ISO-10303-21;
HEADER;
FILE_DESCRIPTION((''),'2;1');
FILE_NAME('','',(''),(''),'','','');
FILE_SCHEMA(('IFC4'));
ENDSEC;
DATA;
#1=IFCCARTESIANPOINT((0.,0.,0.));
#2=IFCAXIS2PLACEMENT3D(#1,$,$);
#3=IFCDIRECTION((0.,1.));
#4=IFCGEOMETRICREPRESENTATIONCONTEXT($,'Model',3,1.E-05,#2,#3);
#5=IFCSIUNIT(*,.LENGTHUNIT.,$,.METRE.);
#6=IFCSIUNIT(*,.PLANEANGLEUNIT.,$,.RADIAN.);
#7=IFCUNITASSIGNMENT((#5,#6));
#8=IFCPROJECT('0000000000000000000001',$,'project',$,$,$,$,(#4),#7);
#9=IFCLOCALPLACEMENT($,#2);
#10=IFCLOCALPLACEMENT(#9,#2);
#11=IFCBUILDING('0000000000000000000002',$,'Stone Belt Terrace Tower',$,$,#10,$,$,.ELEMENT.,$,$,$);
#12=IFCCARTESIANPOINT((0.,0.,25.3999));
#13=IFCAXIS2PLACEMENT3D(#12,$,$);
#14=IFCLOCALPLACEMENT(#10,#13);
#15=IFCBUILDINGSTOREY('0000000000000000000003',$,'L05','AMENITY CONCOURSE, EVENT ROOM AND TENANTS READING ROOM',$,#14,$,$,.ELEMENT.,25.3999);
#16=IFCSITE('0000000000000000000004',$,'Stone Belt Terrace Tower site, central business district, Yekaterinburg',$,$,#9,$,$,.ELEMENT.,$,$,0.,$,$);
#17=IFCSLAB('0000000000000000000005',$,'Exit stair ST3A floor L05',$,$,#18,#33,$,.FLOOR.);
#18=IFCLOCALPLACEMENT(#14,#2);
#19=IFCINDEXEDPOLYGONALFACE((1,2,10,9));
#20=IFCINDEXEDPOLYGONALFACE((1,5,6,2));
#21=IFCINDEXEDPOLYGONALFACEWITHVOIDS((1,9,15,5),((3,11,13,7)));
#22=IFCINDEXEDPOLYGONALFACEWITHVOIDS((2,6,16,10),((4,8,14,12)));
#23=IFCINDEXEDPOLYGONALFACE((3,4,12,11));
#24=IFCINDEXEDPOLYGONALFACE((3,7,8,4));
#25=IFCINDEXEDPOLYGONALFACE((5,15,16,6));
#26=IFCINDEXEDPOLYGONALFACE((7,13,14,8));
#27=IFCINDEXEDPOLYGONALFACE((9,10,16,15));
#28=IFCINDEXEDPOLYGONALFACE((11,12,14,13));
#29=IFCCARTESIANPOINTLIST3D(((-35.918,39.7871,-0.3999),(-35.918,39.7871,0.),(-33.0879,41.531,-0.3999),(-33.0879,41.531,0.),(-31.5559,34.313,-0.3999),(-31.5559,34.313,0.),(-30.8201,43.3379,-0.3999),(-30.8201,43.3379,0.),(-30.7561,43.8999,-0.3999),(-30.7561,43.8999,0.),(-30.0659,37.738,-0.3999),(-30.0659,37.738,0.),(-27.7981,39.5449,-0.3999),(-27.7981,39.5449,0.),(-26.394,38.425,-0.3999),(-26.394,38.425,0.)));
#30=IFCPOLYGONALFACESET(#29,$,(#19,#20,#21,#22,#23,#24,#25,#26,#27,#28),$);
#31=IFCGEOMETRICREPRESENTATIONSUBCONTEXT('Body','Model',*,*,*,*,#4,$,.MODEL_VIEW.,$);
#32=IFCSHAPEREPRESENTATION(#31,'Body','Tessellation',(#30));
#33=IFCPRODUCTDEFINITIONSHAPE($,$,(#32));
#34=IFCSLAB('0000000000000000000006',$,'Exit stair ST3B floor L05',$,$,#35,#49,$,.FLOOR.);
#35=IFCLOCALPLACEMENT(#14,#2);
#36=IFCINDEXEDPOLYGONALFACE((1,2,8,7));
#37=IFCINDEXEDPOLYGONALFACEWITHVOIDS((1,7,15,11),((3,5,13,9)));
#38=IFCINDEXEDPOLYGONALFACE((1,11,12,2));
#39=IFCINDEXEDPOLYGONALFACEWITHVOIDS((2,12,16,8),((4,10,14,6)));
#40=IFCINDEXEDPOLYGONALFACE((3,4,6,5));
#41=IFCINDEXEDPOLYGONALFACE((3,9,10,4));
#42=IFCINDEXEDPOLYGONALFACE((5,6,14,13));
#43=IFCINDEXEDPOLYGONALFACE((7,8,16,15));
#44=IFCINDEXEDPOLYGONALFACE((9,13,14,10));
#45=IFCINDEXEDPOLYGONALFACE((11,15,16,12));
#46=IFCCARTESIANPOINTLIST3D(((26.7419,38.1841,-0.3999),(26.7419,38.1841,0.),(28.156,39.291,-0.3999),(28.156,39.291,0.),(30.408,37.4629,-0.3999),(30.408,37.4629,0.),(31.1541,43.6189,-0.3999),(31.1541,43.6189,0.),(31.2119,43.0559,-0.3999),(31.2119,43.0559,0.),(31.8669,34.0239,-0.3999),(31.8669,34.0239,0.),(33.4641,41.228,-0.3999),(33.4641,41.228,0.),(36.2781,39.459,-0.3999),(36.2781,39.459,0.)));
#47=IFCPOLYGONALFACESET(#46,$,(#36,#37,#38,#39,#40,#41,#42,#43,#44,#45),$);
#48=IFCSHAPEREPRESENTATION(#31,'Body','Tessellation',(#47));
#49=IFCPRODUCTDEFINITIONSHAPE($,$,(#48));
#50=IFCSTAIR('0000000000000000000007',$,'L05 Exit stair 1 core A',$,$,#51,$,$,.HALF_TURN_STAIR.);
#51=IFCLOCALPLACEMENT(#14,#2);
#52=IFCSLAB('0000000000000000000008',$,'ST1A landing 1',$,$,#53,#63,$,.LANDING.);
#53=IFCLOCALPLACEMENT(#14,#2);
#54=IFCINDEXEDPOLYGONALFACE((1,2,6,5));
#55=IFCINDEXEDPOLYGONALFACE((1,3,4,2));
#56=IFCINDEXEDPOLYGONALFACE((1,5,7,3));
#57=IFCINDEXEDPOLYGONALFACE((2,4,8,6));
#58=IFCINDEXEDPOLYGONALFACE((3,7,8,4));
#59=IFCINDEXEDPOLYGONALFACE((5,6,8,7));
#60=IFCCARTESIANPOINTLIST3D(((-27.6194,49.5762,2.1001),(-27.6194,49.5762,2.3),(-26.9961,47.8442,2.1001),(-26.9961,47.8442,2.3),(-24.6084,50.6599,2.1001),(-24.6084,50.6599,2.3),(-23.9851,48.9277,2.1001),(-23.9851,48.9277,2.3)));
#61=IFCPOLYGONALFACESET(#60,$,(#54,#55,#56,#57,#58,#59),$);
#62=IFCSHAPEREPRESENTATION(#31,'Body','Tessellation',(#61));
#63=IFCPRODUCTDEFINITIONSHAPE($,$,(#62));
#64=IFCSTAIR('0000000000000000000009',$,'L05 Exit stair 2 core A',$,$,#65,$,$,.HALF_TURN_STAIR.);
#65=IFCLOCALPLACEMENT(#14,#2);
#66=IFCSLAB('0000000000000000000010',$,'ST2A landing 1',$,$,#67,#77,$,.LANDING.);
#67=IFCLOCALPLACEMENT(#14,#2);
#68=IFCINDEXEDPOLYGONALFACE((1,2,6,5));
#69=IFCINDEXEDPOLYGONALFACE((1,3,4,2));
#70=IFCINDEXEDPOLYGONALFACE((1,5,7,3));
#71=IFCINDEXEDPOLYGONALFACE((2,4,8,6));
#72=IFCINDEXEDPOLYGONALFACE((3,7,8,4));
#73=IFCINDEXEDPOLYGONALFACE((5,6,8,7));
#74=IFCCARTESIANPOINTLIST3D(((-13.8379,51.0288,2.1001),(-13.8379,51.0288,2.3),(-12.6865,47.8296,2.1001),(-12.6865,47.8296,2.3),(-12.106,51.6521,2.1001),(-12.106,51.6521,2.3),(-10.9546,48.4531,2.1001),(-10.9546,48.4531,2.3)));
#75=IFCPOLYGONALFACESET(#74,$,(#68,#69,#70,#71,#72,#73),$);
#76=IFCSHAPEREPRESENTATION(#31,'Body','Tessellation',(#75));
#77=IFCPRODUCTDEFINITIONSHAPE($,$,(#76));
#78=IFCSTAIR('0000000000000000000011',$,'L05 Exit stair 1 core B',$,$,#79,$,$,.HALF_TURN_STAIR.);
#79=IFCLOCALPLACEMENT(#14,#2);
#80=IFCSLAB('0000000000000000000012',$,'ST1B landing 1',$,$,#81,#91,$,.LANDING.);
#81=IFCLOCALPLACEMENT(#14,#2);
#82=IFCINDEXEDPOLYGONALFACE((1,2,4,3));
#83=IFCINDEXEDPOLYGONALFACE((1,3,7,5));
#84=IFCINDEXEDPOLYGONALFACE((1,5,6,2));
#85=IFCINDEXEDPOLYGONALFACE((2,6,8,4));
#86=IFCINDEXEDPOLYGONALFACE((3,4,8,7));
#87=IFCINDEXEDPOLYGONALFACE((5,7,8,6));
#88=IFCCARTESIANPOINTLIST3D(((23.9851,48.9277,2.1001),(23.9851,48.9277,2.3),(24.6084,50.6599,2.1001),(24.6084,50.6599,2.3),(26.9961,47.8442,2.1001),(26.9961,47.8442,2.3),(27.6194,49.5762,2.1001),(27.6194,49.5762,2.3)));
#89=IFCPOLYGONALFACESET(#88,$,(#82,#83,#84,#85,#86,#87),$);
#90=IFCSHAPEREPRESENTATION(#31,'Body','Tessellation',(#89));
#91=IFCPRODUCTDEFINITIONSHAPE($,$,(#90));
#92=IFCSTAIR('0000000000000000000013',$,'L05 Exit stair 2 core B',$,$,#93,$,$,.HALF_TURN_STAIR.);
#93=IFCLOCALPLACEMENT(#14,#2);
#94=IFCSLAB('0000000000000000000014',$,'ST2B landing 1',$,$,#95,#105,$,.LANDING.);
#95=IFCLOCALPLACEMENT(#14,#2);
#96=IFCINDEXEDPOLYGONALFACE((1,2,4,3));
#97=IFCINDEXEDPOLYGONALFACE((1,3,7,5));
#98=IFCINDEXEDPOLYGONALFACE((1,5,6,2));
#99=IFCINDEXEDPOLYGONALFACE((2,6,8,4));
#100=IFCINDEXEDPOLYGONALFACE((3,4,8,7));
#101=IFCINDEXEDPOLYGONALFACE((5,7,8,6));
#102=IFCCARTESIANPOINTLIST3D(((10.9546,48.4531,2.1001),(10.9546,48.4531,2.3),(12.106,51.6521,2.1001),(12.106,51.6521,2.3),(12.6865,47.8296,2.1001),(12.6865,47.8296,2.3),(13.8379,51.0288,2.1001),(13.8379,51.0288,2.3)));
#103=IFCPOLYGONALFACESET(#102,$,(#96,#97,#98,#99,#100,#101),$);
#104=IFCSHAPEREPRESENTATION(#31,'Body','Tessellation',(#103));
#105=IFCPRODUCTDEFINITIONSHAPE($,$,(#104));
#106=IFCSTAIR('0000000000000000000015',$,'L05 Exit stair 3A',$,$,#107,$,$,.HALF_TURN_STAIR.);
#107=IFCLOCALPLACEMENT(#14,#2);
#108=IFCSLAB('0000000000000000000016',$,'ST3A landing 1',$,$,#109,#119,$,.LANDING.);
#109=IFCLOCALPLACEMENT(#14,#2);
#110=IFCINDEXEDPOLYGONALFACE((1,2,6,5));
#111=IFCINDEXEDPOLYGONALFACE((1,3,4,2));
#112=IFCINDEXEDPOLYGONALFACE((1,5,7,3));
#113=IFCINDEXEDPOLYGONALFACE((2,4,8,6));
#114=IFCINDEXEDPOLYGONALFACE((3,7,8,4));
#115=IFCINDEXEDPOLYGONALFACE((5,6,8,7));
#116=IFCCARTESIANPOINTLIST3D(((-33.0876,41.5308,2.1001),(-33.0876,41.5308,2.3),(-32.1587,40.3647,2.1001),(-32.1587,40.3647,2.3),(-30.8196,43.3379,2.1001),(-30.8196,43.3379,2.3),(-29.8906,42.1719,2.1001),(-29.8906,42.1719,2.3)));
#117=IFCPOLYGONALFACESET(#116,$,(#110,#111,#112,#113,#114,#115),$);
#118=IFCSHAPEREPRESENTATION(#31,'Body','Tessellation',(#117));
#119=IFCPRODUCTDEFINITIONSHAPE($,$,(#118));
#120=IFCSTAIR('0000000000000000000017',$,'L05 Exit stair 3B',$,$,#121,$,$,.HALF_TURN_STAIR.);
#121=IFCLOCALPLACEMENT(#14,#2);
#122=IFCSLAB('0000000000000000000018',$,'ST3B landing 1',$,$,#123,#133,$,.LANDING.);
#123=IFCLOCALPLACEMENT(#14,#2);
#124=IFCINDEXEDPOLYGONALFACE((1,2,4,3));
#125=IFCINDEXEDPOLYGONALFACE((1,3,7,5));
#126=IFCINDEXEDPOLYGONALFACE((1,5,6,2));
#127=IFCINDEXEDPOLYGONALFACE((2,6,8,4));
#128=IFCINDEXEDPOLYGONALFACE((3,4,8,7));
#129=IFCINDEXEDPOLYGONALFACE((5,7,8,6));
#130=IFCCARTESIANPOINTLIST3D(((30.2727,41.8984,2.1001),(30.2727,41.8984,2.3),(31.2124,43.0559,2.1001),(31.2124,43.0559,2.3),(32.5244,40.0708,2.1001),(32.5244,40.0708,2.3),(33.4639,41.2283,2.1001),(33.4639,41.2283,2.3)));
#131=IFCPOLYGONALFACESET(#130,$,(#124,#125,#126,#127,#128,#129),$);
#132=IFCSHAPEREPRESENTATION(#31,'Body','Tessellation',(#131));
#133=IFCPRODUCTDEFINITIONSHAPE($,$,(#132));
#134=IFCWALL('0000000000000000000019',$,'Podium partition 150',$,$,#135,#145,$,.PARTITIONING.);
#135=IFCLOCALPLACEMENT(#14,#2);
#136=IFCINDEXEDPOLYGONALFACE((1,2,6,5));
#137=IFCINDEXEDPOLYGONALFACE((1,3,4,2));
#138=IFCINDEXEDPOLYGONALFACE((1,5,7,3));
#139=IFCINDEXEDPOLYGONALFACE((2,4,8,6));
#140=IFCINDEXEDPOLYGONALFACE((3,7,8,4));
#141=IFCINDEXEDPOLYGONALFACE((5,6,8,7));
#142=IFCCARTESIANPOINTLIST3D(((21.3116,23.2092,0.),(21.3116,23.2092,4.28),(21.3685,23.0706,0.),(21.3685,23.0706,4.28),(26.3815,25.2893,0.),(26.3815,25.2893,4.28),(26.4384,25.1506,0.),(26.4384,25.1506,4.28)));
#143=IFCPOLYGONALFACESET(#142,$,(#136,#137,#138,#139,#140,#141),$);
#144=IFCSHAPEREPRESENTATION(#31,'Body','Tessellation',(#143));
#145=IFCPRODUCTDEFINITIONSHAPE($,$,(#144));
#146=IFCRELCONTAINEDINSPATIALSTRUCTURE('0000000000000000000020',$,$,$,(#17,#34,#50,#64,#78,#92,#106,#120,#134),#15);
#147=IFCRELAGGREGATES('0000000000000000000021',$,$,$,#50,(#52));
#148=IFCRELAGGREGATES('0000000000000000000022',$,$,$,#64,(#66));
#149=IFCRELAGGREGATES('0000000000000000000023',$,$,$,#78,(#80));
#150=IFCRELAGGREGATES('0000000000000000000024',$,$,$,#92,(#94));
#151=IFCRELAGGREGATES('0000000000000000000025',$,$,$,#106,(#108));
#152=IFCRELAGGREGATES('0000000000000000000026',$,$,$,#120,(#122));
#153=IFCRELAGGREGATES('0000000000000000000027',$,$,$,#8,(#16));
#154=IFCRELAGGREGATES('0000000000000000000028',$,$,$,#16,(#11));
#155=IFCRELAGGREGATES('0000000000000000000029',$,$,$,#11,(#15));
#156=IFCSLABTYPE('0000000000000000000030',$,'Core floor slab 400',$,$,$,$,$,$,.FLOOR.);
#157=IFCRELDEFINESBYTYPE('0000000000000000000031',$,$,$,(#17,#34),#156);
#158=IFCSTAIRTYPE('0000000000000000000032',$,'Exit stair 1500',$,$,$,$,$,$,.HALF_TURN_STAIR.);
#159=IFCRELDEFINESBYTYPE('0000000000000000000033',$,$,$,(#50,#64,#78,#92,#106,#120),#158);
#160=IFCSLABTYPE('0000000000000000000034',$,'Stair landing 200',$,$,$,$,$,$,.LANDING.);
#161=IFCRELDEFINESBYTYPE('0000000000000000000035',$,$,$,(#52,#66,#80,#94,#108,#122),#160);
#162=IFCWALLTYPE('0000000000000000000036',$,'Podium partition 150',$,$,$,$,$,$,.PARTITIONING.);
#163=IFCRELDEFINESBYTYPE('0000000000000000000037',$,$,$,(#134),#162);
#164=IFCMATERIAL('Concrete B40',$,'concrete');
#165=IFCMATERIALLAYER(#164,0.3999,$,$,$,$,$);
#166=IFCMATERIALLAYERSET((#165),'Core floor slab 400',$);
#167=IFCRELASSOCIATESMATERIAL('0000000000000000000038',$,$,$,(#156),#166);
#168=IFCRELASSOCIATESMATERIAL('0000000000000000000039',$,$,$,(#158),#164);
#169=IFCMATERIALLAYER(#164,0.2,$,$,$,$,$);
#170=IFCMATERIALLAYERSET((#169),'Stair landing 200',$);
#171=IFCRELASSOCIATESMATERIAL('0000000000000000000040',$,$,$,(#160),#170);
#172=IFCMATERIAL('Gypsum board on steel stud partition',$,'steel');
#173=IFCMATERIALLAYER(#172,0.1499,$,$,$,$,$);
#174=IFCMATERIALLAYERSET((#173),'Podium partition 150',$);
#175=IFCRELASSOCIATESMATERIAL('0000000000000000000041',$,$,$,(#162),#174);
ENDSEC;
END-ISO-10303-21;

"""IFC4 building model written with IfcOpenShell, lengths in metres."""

from ifc_helpers import new_model, si_unit, direction, frame, frame_2d, origin, place, context, subcontext, project, spatial, polyline, rectangle, outline, extrude, material, layer, layer_set, type_object, element, aggregate, save


model = new_model("IFC4")

# Units and contexts
model_context = context("Model", 3, precision=1e-05, world=origin(), true_north=direction((0.0, 1.0)))
body_context = subcontext(model_context, "Body", "Model", "MODEL_VIEW")
ifc_project = project(units=[si_unit("LENGTHUNIT", "METRE"), si_unit("PLANEANGLEUNIT", "RADIAN")], contexts=[model_context])

# Site, building, storey
site_placement = place(None, origin())
site = spatial("IfcSite", under=ifc_project, at=site_placement, Name="Stone Belt Terrace Tower site, central business district, Yekaterinburg", CompositionType="ELEMENT", RefElevation=0.0)
building_placement = place(site_placement, origin())
building = spatial("IfcBuilding", under=site, at=building_placement, Name="Stone Belt Terrace Tower", CompositionType="ELEMENT")
storey_placement = place(building_placement, frame((0.0, 0.0, 25.3999)))
storey = spatial("IfcBuildingStorey", under=building, at=storey_placement, Name="L05", Description="AMENITY CONCOURSE, EVENT ROOM AND TENANTS READING ROOM", CompositionType="ELEMENT", Elevation=25.3999)

# Slabs
ifc_material_1 = material(Name="Concrete B40", Category="concrete")
ifc_layer_1 = layer(ifc_material_1, 0.3999)
ifc_layer_set_1 = layer_set([ifc_layer_1], Name="Core floor slab 400")
slab_type_1 = type_object("IfcSlabType", Name="Core floor slab 400", PredefinedType="FLOOR", material=ifc_layer_set_1)
slab_1_placement = place(storey_placement, frame((0.0, 0.0, -0.3999)))
element("IfcSlab", 1, at=slab_1_placement, inside=storey, type_object=slab_type_1, Name="Exit stair ST3A floor L05", PredefinedType="FLOOR", context=body_context, shape_type="SweptSolid", body=[
    extrude(outline(polyline([(-26.394, 38.425), (-30.7561, 43.8999), (-35.918, 39.7871), (-31.5559, 34.313), (-26.394, 38.425)]), holes=[polyline([(-27.7981, 39.5449), (-30.0659, 37.738), (-33.0879, 41.531), (-30.8201, 43.3379), (-27.7981, 39.5449)])]), origin(), (0.0, 0.0, 1.0), 0.3999),
])
slab_2_placement = place(storey_placement, frame((0.0, 0.0, -0.3999)))
element("IfcSlab", 2, at=slab_2_placement, inside=storey, type_object=slab_type_1, Name="Exit stair ST3B floor L05", PredefinedType="FLOOR", context=body_context, shape_type="SweptSolid", body=[
    extrude(outline(polyline([(26.7419, 38.1841), (31.8669, 34.0239), (36.2781, 39.459), (31.1541, 43.6189), (26.7419, 38.1841)]), holes=[polyline([(30.408, 37.4629), (28.156, 39.291), (31.2119, 43.0559), (33.4641, 41.228), (30.408, 37.4629)])]), origin(), (0.0, 0.0, 1.0), 0.3999),
])

# Stairs, slabs
stair_type = type_object("IfcStairType", Name="Exit stair 1500", PredefinedType="HALF_TURN_STAIR", material=ifc_material_1)
stair_1_placement = place(storey_placement, origin())
stair_1 = element("IfcStair", 3, at=stair_1_placement, inside=storey, type_object=stair_type, Name="L05 Exit stair 1 core A", PredefinedType="HALF_TURN_STAIR")
ifc_layer_2 = layer(ifc_material_1, 0.2)
ifc_layer_set_2 = layer_set([ifc_layer_2], Name="Stair landing 200")
slab_type_2 = type_object("IfcSlabType", Name="Stair landing 200", PredefinedType="LANDING", material=ifc_layer_set_2)
slab_3_placement = place(storey_placement, frame((0.0, 0.0, 2.1001)))
slab_3 = element("IfcSlab", 4, at=slab_3_placement, type_object=slab_type_2, Name="ST1A landing 1", PredefinedType="LANDING", context=body_context, shape_type="SweptSolid", body=[
    extrude(outline(polyline([(-23.9851, 48.9277), (-24.6084, 50.6599), (-27.6194, 49.5762), (-26.9961, 47.8442), (-23.9851, 48.9277)])), origin(), (0.0, 0.0, 1.0), 0.2),
])
aggregate(stair_1, [slab_3])
stair_2_placement = place(storey_placement, origin())
stair_2 = element("IfcStair", 5, at=stair_2_placement, inside=storey, type_object=stair_type, Name="L05 Exit stair 2 core A", PredefinedType="HALF_TURN_STAIR")
slab_4_placement = place(storey_placement, frame((0.0, 0.0, 2.1001)))
slab_4 = element("IfcSlab", 6, at=slab_4_placement, type_object=slab_type_2, Name="ST2A landing 1", PredefinedType="LANDING", context=body_context, shape_type="SweptSolid", body=[
    extrude(outline(polyline([(-12.6865, 47.8296), (-10.9546, 48.4531), (-12.106, 51.6521), (-13.8379, 51.0288), (-12.6865, 47.8296)])), origin(), (0.0, 0.0, 1.0), 0.2),
])
aggregate(stair_2, [slab_4])
stair_3_placement = place(storey_placement, origin())
stair_3 = element("IfcStair", 7, at=stair_3_placement, inside=storey, type_object=stair_type, Name="L05 Exit stair 1 core B", PredefinedType="HALF_TURN_STAIR")
slab_5_placement = place(storey_placement, frame((0.0, 0.0, 2.1001)))
slab_5 = element("IfcSlab", 8, at=slab_5_placement, type_object=slab_type_2, Name="ST1B landing 1", PredefinedType="LANDING", context=body_context, shape_type="SweptSolid", body=[
    extrude(outline(polyline([(26.9961, 47.8442), (27.6194, 49.5762), (24.6084, 50.6599), (23.9851, 48.9277), (26.9961, 47.8442)])), origin(), (0.0, 0.0, 1.0), 0.2),
])
aggregate(stair_3, [slab_5])
stair_4_placement = place(storey_placement, origin())
stair_4 = element("IfcStair", 9, at=stair_4_placement, inside=storey, type_object=stair_type, Name="L05 Exit stair 2 core B", PredefinedType="HALF_TURN_STAIR")
slab_6_placement = place(storey_placement, frame((0.0, 0.0, 2.1001)))
slab_6 = element("IfcSlab", 10, at=slab_6_placement, type_object=slab_type_2, Name="ST2B landing 1", PredefinedType="LANDING", context=body_context, shape_type="SweptSolid", body=[
    extrude(outline(polyline([(13.8379, 51.0288), (12.106, 51.6521), (10.9546, 48.4531), (12.6865, 47.8296), (13.8379, 51.0288)])), origin(), (0.0, 0.0, 1.0), 0.2),
])
aggregate(stair_4, [slab_6])
stair_5_placement = place(storey_placement, origin())
stair_5 = element("IfcStair", 11, at=stair_5_placement, inside=storey, type_object=stair_type, Name="L05 Exit stair 3A", PredefinedType="HALF_TURN_STAIR")
slab_7_placement = place(storey_placement, frame((0.0, 0.0, 2.1001)))
slab_7 = element("IfcSlab", 12, at=slab_7_placement, type_object=slab_type_2, Name="ST3A landing 1", PredefinedType="LANDING", context=body_context, shape_type="SweptSolid", body=[
    extrude(outline(polyline([(-29.8906, 42.1719), (-30.8196, 43.3379), (-33.0876, 41.5308), (-32.1587, 40.3647), (-29.8906, 42.1719)])), origin(), (0.0, 0.0, 1.0), 0.2),
])
aggregate(stair_5, [slab_7])
stair_6_placement = place(storey_placement, origin())
stair_6 = element("IfcStair", 13, at=stair_6_placement, inside=storey, type_object=stair_type, Name="L05 Exit stair 3B", PredefinedType="HALF_TURN_STAIR")
slab_8_placement = place(storey_placement, frame((0.0, 0.0, 2.1001)))
slab_8 = element("IfcSlab", 14, at=slab_8_placement, type_object=slab_type_2, Name="ST3B landing 1", PredefinedType="LANDING", context=body_context, shape_type="SweptSolid", body=[
    extrude(outline(polyline([(32.5244, 40.0708), (33.4639, 41.2283), (31.2124, 43.0559), (30.2727, 41.8984), (32.5244, 40.0708)])), origin(), (0.0, 0.0, 1.0), 0.2),
])
aggregate(stair_6, [slab_8])

# Wall
ifc_material_2 = material(Name="Gypsum board on steel stud partition", Category="steel")
ifc_layer_3 = layer(ifc_material_2, 0.1499)
ifc_layer_set_3 = layer_set([ifc_layer_3], Name="Podium partition 150")
wall_type = type_object("IfcWallType", Name="Podium partition 150", PredefinedType="PARTITIONING", material=ifc_layer_set_3)
wall_placement = place(storey_placement, frame((21.3401, 23.1399, 0.0), z_axis=(0.0, 0.0, 1.0), x_axis=(0.925159, 0.37958, 0.0)))
element("IfcWall", 15, at=wall_placement, inside=storey, type_object=wall_type, Name="Podium partition 150", PredefinedType="PARTITIONING", context=body_context, shape_type="SweptSolid", body=[
    extrude(rectangle(XDim=5.48, YDim=0.1499, at=frame_2d((2.74, 0.0))), origin(), (0.0, 0.0, 1.0), 4.28),
])

save(model, "model.ifc")
